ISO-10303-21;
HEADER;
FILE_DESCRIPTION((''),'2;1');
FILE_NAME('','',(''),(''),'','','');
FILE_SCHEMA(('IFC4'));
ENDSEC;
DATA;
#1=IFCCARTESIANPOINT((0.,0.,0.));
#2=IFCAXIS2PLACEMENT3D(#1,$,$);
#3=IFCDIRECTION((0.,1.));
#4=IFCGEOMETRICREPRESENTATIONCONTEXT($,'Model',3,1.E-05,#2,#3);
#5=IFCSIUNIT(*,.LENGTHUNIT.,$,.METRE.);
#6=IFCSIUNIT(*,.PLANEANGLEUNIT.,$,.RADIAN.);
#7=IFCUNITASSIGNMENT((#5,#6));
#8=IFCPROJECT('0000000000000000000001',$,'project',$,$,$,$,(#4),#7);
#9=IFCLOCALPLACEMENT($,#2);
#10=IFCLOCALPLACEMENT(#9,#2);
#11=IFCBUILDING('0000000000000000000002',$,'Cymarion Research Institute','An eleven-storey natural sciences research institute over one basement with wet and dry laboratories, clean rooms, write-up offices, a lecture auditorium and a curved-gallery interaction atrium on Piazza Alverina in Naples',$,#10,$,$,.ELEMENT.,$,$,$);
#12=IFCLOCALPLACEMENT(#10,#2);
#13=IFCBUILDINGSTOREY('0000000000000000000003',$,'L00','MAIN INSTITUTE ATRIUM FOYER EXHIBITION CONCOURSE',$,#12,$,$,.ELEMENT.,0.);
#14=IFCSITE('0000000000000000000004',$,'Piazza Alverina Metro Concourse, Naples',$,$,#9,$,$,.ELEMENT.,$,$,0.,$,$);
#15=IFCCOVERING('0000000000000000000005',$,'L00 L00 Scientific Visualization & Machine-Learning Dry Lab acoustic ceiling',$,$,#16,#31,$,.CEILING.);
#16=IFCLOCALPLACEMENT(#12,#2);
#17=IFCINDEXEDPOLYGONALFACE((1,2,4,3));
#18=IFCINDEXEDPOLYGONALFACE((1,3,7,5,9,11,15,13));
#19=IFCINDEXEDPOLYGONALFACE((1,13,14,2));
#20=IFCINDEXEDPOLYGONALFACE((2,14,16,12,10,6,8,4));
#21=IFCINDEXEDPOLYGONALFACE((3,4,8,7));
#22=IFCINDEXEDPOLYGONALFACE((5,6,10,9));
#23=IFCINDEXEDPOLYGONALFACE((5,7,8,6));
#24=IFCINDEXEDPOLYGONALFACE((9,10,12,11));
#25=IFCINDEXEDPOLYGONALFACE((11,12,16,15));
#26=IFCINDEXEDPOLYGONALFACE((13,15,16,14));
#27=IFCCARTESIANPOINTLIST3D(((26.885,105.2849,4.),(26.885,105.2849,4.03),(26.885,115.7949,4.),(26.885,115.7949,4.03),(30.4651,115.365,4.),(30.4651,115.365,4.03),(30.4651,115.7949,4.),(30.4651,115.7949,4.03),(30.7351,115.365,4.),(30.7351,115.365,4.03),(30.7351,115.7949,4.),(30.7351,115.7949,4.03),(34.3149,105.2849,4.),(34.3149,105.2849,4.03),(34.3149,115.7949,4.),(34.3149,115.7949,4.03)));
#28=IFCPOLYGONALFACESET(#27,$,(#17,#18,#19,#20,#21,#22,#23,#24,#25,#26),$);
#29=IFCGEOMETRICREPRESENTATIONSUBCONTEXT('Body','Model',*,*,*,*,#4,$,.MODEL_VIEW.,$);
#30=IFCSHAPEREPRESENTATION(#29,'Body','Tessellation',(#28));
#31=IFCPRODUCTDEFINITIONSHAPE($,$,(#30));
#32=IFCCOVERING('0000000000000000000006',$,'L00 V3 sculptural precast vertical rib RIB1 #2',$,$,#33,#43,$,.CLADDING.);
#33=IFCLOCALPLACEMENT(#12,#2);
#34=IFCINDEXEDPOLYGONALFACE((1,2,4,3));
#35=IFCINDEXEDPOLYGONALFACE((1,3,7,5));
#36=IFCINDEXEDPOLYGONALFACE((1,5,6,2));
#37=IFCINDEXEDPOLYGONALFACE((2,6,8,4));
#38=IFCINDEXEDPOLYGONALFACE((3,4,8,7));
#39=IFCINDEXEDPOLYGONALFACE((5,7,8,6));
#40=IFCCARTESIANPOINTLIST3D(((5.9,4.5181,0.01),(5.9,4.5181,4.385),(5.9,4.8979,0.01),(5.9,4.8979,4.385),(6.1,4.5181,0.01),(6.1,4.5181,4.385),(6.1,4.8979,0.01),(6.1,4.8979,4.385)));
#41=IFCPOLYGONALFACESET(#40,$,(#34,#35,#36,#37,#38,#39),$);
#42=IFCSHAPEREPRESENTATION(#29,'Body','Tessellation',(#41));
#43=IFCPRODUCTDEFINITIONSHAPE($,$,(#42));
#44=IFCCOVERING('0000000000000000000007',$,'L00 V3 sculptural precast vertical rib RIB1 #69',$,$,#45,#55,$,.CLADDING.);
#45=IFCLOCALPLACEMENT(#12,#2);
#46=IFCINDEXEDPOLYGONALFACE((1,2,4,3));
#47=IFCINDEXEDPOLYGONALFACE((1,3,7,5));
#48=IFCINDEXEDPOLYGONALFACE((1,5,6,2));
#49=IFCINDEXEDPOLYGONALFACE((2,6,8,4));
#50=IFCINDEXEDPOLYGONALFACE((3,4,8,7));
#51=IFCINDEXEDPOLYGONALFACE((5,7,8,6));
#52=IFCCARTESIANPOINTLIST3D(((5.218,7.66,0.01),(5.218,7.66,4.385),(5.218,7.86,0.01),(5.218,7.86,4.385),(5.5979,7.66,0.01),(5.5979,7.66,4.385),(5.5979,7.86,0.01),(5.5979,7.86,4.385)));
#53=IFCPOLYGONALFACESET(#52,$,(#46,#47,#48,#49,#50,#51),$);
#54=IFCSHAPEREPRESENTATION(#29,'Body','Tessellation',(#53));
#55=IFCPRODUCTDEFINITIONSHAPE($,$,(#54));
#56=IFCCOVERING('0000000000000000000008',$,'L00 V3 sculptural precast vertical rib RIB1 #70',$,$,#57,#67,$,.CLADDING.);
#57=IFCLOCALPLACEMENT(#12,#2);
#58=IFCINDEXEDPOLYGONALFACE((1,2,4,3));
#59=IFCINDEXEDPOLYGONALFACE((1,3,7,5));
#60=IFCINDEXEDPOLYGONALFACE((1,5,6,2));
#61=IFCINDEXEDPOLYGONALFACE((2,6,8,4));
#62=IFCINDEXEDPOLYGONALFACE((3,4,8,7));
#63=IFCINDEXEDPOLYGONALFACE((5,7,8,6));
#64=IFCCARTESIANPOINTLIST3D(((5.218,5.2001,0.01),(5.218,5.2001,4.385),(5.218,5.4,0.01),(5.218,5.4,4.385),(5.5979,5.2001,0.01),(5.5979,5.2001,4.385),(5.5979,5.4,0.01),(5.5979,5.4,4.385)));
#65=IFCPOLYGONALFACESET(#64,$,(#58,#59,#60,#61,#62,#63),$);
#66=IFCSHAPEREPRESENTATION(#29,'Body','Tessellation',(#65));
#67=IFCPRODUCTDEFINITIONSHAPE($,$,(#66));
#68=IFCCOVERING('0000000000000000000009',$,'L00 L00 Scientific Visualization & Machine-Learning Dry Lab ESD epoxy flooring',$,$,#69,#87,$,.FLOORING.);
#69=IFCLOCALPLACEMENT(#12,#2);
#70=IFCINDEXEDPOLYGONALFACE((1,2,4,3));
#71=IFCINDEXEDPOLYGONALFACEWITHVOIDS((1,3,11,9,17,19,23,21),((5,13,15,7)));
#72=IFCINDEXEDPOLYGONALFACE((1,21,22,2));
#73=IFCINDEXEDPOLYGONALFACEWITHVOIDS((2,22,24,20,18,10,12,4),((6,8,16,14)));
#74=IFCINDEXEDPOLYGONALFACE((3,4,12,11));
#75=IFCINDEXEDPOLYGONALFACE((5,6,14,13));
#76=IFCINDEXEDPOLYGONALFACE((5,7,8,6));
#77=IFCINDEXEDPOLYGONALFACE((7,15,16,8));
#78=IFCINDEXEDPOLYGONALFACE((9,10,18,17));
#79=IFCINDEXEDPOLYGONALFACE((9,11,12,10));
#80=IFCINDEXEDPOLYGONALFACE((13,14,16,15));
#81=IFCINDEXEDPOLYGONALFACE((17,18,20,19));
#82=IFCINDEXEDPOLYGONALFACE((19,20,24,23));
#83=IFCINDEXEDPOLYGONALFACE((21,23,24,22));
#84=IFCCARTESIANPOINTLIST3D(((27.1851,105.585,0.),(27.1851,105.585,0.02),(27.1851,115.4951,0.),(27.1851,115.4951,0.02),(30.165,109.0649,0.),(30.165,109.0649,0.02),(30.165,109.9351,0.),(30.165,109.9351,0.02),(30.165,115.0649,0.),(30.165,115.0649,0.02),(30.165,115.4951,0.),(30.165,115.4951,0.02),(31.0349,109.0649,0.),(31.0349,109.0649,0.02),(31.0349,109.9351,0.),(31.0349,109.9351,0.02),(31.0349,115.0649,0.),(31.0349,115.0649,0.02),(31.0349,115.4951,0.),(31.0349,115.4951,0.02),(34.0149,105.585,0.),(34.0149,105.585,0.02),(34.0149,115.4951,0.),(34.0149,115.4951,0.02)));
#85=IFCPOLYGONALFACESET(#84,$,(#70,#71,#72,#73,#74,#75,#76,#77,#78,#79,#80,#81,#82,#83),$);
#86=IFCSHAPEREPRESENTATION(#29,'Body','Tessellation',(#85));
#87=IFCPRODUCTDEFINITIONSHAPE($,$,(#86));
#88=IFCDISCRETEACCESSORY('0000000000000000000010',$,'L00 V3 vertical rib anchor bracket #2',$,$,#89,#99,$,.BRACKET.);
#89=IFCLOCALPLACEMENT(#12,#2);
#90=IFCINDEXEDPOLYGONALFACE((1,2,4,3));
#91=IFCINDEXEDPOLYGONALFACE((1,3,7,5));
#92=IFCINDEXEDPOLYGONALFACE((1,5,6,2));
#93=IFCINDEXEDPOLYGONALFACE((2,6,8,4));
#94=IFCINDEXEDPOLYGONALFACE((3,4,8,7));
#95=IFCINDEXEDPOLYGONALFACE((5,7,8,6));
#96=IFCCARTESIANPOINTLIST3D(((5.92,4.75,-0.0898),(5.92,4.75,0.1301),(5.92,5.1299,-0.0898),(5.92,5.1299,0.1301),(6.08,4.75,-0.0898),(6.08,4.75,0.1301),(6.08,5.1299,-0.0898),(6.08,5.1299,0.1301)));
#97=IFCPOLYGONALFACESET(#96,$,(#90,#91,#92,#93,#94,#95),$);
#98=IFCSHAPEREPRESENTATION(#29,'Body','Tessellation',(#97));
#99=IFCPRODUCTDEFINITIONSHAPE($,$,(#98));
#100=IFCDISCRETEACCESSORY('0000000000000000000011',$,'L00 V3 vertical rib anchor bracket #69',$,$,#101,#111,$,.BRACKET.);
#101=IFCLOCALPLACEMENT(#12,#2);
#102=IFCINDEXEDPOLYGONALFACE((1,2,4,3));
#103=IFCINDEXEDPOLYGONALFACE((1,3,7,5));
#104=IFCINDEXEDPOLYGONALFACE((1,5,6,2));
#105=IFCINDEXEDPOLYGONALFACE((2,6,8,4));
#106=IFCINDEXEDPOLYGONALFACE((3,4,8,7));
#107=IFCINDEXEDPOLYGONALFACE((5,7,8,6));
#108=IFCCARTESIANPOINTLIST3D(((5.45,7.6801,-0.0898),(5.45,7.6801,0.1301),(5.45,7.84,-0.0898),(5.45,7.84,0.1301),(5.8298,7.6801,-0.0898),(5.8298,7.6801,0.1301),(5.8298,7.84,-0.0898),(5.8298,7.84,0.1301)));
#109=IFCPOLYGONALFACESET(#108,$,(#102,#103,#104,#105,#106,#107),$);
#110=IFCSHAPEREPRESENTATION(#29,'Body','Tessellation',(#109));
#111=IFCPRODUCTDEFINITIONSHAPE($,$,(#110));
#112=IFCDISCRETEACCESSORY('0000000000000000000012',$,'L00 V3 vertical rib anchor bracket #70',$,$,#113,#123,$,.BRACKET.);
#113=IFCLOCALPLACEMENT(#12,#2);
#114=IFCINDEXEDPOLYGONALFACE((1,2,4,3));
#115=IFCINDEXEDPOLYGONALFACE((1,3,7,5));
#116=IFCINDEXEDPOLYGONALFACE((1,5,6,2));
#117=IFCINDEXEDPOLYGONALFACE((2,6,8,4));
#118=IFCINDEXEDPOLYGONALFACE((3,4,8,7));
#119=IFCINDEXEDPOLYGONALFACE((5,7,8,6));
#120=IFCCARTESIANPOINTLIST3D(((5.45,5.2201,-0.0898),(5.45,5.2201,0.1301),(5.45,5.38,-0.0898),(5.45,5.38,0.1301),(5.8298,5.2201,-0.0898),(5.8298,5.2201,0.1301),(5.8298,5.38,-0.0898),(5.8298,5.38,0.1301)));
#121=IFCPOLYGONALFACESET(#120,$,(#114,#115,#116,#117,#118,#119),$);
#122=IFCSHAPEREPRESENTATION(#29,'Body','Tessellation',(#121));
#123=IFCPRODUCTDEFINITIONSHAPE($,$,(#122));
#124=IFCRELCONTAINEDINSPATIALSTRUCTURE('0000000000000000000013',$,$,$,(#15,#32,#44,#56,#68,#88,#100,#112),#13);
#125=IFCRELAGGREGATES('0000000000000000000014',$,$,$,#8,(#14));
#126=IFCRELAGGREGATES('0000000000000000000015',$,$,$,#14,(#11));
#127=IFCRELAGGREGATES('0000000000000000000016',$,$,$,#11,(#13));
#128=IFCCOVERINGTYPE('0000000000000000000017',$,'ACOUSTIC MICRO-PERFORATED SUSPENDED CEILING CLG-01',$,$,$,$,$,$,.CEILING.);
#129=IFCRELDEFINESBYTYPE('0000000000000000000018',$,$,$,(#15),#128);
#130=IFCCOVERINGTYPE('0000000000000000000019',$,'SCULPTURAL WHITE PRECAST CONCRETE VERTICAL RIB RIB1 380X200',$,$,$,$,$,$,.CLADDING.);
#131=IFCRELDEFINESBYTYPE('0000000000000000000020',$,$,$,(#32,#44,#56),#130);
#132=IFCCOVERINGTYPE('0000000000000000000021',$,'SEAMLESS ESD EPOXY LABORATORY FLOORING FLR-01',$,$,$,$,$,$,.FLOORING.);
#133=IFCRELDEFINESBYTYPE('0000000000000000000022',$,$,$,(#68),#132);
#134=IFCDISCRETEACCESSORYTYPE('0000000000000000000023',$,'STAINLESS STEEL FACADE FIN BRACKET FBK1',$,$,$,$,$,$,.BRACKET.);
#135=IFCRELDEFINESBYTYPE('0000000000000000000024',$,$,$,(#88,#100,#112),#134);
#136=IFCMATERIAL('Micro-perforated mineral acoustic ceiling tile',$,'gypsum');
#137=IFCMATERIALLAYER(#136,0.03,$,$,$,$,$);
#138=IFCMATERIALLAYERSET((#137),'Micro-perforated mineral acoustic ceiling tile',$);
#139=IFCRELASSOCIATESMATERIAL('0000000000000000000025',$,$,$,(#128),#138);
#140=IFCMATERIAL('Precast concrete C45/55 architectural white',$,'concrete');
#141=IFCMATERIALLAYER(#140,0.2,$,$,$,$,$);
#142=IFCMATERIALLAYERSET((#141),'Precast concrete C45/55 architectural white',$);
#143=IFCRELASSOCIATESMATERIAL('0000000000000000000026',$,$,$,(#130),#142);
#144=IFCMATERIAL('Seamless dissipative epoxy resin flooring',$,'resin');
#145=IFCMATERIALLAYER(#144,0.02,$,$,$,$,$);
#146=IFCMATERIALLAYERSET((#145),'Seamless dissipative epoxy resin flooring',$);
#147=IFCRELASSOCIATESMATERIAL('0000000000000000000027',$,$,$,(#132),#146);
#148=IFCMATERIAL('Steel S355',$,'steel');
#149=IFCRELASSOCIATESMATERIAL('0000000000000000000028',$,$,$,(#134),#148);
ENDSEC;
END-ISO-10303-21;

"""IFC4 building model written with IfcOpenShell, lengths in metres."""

from ifc_helpers import new_model, si_unit, direction, frame, origin, origin_2d, place, context, subcontext, project, spatial, polyline, rectangle, outline, extrude, material, layer, layer_set, type_object, element, save


model = new_model("IFC4")

# Units and contexts
model_context = context("Model", 3, precision=1e-05, world=origin(), true_north=direction((0.0, 1.0)))
body_context = subcontext(model_context, "Body", "Model", "MODEL_VIEW")
ifc_project = project(units=[si_unit("LENGTHUNIT", "METRE"), si_unit("PLANEANGLEUNIT", "RADIAN")], contexts=[model_context])

# Site, building, storey
site_placement = place(None, origin())
site = spatial("IfcSite", under=ifc_project, at=site_placement, Name="Piazza Alverina Metro Concourse, Naples", CompositionType="ELEMENT", RefElevation=0.0)
building_placement = place(site_placement, origin())
building = spatial("IfcBuilding", under=site, at=building_placement, Name="Cymarion Research Institute", Description="An eleven-storey natural sciences research institute over one basement with wet and dry laboratories, clean rooms, write-up offices, a lecture auditorium and a curved-gallery interaction atrium on Piazza Alverina in Naples", CompositionType="ELEMENT")
storey_placement = place(building_placement, origin())
storey = spatial("IfcBuildingStorey", under=building, at=storey_placement, Name="L00", Description="MAIN INSTITUTE ATRIUM FOYER EXHIBITION CONCOURSE", CompositionType="ELEMENT", Elevation=0.0)

# Shared definitions
ifc_material_1 = material(Name="Steel S355", Category="steel")

# Coverings
ifc_material_2 = material(Name="Micro-perforated mineral acoustic ceiling tile", Category="gypsum")
ifc_layer_1 = layer(ifc_material_2, 0.03)
ifc_layer_set_1 = layer_set([ifc_layer_1], Name="Micro-perforated mineral acoustic ceiling tile")
covering_type_1 = type_object("IfcCoveringType", Name="ACOUSTIC MICRO-PERFORATED SUSPENDED CEILING CLG-01", PredefinedType="CEILING", material=ifc_layer_set_1)
covering_1_placement = place(storey_placement, frame((0.0, 0.0, 4.0)))
element("IfcCovering", 1, at=covering_1_placement, inside=storey, type_object=covering_type_1, Name="L00 L00 Scientific Visualization & Machine-Learning Dry Lab acoustic ceiling", PredefinedType="CEILING", context=body_context, shape_type="SweptSolid", body=[
    extrude(outline(polyline([(26.885, 115.7949), (30.4651, 115.7949), (30.4651, 115.365), (30.7351, 115.365), (30.7351, 115.7949), (34.3149, 115.7949), (34.3149, 105.2849), (26.885, 105.2849), (26.885, 115.7949)])), origin(), (0.0, 0.0, 1.0), 0.03),
])
ifc_material_3 = material(Name="Precast concrete C45/55 architectural white", Category="concrete")
ifc_layer_2 = layer(ifc_material_3, 0.2)
ifc_layer_set_2 = layer_set([ifc_layer_2], Name="Precast concrete C45/55 architectural white")
covering_type_2 = type_object("IfcCoveringType", Name="SCULPTURAL WHITE PRECAST CONCRETE VERTICAL RIB RIB1 380X200", PredefinedType="CLADDING", material=ifc_layer_set_2)
for number, where, z_axis, x_axis, name in (
    (2, (6.0, 4.708, 0.01), (0.0, 0.0, 1.0), (0.0, -1.0, 0.0), "L00 V3 sculptural precast vertical rib RIB1 #2"),
    (3, (5.408, 7.76, 0.01), (0.0, 0.0, 1.0), (-1.0, 0.0, 0.0), "L00 V3 sculptural precast vertical rib RIB1 #69"),
    (4, (5.408, 5.3, 0.01), (0.0, 0.0, 1.0), (-1.0, 0.0, 0.0), "L00 V3 sculptural precast vertical rib RIB1 #70"),
):
    element("IfcCovering", number, at=place(storey_placement, frame(where, z_axis=z_axis, x_axis=x_axis)), inside=storey, type_object=covering_type_2, Name=name, PredefinedType="CLADDING", context=body_context, shape_type="SweptSolid", body=[
        extrude(rectangle(XDim=0.3799, YDim=0.2, at=origin_2d()), origin(), (0.0, 0.0, 1.0), 4.375),
    ])
ifc_material_4 = material(Name="Seamless dissipative epoxy resin flooring", Category="resin")
ifc_layer_3 = layer(ifc_material_4, 0.02)
ifc_layer_set_3 = layer_set([ifc_layer_3], Name="Seamless dissipative epoxy resin flooring")
covering_type_3 = type_object("IfcCoveringType", Name="SEAMLESS ESD EPOXY LABORATORY FLOORING FLR-01", PredefinedType="FLOORING", material=ifc_layer_set_3)
covering_2_placement = place(storey_placement, origin())
element("IfcCovering", 5, at=covering_2_placement, inside=storey, type_object=covering_type_3, Name="L00 L00 Scientific Visualization & Machine-Learning Dry Lab ESD epoxy flooring", PredefinedType="FLOORING", context=body_context, shape_type="SweptSolid", body=[
    extrude(outline(polyline([(27.1851, 105.585), (27.1851, 115.4951), (30.165, 115.4951), (30.165, 115.0649), (31.0349, 115.0649), (31.0349, 115.4951), (34.0149, 115.4951), (34.0149, 105.585), (27.1851, 105.585)]), holes=[polyline([(31.0349, 109.9351), (30.165, 109.9351), (30.165, 109.0649), (31.0349, 109.0649), (31.0349, 109.9351)])]), origin(), (0.0, 0.0, 1.0), 0.02),
])

# Discrete accessories
discrete_accessory_type = type_object("IfcDiscreteAccessoryType", Name="STAINLESS STEEL FACADE FIN BRACKET FBK1", PredefinedType="BRACKET", material=ifc_material_1)
for number, where, z_axis, x_axis, name in (
    (6, (6.0, 4.9399, -0.0898), (0.0, 0.0, 1.0), (0.0, -1.0, 0.0), "L00 V3 vertical rib anchor bracket #2"),
    (7, (5.6399, 7.76, -0.0898), (0.0, 0.0, 1.0), (-1.0, 0.0, 0.0), "L00 V3 vertical rib anchor bracket #69"),
    (8, (5.6399, 5.3, -0.0898), (0.0, 0.0, 1.0), (-1.0, 0.0, 0.0), "L00 V3 vertical rib anchor bracket #70"),
):
    element("IfcDiscreteAccessory", number, at=place(storey_placement, frame(where, z_axis=z_axis, x_axis=x_axis)), inside=storey, type_object=discrete_accessory_type, Name=name, PredefinedType="BRACKET", context=body_context, shape_type="SweptSolid", body=[
        extrude(rectangle(XDim=0.3799, YDim=0.1599, at=origin_2d()), origin(), (0.0, 0.0, 1.0), 0.22),
    ])

save(model, "model.ifc")
